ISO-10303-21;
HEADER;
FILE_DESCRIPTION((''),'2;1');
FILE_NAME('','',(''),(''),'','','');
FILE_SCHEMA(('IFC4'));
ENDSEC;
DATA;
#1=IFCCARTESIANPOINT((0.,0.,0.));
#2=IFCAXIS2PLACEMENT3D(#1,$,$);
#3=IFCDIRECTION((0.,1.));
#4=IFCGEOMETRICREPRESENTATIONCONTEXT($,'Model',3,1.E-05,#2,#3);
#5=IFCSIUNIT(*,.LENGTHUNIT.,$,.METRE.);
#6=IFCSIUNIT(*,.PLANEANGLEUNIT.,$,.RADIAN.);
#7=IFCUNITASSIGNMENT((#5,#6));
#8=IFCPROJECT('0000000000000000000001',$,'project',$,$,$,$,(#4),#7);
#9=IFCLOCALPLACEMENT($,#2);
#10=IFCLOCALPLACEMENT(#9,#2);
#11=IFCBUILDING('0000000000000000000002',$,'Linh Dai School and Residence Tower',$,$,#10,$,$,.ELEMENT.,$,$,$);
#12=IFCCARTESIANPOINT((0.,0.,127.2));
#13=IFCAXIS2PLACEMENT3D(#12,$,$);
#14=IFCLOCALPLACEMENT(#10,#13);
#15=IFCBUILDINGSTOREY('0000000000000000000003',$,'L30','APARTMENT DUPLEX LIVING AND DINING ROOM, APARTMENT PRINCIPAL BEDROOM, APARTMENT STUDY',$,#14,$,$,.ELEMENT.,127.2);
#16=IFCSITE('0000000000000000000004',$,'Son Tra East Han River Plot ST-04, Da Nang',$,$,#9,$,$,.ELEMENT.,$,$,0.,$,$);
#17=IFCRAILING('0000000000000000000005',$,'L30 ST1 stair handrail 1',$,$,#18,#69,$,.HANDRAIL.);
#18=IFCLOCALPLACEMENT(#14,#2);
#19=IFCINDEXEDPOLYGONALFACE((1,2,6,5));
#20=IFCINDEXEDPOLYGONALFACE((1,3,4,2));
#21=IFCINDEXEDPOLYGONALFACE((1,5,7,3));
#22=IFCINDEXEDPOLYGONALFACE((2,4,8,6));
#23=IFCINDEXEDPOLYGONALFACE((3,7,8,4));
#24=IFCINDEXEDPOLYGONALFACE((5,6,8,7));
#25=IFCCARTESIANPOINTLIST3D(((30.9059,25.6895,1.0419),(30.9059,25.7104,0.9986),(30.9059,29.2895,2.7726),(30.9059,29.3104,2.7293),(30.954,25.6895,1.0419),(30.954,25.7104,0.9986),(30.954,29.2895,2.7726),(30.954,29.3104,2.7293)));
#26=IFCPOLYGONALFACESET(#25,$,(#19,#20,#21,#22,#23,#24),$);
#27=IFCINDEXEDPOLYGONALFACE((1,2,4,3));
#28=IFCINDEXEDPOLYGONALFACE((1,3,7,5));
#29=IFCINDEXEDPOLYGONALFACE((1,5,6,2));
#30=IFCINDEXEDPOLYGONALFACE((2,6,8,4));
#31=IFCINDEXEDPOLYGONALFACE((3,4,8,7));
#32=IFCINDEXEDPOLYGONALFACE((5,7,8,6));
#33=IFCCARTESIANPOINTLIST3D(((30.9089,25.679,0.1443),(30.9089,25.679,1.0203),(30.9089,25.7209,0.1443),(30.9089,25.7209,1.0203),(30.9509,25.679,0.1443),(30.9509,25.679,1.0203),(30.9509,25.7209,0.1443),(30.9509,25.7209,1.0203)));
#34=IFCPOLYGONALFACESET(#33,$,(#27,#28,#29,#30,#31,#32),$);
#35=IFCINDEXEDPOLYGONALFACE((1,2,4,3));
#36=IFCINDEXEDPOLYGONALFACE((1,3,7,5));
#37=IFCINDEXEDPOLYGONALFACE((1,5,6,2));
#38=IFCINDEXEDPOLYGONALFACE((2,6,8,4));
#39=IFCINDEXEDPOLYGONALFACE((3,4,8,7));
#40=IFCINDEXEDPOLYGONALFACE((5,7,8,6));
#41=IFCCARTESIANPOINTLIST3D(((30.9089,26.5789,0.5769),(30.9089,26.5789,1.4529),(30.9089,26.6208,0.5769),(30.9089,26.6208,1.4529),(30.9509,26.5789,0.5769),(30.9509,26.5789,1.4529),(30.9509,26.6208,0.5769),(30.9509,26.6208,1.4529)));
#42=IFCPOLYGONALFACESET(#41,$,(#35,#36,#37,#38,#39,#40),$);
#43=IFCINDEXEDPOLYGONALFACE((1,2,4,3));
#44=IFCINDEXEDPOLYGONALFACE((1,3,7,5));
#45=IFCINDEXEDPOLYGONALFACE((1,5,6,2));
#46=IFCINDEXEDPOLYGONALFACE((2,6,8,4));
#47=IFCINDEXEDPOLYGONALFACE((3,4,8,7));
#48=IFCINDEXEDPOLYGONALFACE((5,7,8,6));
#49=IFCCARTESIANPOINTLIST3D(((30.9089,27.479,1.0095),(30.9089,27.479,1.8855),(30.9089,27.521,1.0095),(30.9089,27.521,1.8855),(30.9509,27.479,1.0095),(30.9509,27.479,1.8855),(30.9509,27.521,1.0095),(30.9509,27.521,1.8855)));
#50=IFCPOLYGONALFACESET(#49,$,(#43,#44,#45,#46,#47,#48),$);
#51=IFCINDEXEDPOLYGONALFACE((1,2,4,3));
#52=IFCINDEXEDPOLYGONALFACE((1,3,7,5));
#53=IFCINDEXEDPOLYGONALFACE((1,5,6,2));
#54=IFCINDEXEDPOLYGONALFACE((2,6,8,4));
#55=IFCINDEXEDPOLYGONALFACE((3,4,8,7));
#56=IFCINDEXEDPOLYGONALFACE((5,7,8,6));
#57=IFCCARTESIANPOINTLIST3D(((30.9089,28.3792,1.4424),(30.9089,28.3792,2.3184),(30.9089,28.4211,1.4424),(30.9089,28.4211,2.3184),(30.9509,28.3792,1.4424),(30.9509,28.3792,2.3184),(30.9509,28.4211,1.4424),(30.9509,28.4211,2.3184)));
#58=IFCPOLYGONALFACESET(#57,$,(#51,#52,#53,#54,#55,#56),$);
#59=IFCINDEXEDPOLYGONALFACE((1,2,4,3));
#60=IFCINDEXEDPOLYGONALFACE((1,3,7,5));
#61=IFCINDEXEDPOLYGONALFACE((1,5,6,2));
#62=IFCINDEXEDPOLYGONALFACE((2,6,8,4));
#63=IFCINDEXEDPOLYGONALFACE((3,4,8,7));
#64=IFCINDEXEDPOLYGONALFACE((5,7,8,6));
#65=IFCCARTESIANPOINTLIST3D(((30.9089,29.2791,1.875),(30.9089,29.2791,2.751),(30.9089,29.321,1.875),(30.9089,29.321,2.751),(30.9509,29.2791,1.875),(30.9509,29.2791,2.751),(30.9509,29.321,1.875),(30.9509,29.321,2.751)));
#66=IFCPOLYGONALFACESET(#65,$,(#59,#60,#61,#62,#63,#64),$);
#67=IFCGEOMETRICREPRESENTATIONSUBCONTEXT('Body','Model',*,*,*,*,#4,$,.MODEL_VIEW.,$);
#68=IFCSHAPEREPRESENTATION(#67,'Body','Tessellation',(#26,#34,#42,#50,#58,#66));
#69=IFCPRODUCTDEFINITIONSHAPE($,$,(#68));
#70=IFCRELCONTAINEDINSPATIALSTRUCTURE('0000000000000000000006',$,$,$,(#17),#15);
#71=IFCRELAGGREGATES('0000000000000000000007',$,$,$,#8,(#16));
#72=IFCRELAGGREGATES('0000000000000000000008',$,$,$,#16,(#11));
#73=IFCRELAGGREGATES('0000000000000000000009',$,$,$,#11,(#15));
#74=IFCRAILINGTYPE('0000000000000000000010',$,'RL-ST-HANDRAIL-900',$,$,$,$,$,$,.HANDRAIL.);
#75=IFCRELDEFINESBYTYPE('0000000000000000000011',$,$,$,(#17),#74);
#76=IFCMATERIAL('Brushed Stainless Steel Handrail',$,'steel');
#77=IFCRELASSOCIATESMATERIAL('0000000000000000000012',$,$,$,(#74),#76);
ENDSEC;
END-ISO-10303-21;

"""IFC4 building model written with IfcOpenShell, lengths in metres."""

from ifc_helpers import new_model, si_unit, direction, frame, origin, origin_2d, place, context, subcontext, project, spatial, rectangle, extrude, source, transform, mapped, material, type_object, element, save


model = new_model("IFC4")

# Units and contexts
model_context = context("Model", 3, precision=1e-05, world=origin(), true_north=direction((0.0, 1.0)))
body_context = subcontext(model_context, "Body", "Model", "MODEL_VIEW")
ifc_project = project(units=[si_unit("LENGTHUNIT", "METRE"), si_unit("PLANEANGLEUNIT", "RADIAN")], contexts=[model_context])

# Site, building, storey
site_placement = place(None, origin())
site = spatial("IfcSite", under=ifc_project, at=site_placement, Name="Son Tra East Han River Plot ST-04, Da Nang", CompositionType="ELEMENT", RefElevation=0.0)
building_placement = place(site_placement, origin())
building = spatial("IfcBuilding", under=site, at=building_placement, Name="Linh Dai School and Residence Tower", CompositionType="ELEMENT")
storey_placement = place(building_placement, frame((0.0, 0.0, 127.2)))
storey = spatial("IfcBuildingStorey", under=building, at=storey_placement, Name="L30", Description="APARTMENT DUPLEX LIVING AND DINING ROOM, APARTMENT PRINCIPAL BEDROOM, APARTMENT STUDY", CompositionType="ELEMENT", Elevation=127.2)

# Railing
ifc_material_1 = material(Name="Brushed Stainless Steel Handrail", Category="steel")
railing_type_1 = type_object("IfcRailingType", Name="RL-ST-HANDRAIL-900", PredefinedType="HANDRAIL", material=ifc_material_1)
shared_shape_1 = source(origin(), body_context, "Body", "SweptSolid", [
    extrude(rectangle(XDim=0.0481, YDim=0.0481, at=origin_2d()), frame((0.0, 0.0, 0.876), z_axis=(0.0, 0.901263, 0.433273), x_axis=(-1.0, 0.0, 0.0)), (0.0, 0.0, 1.0), 3.9944),
    extrude(rectangle(XDim=0.042, YDim=0.042, at=origin_2d()), origin(), (0.0, 0.0, 1.0), 0.876),
    extrude(rectangle(XDim=0.042, YDim=0.042, at=origin_2d()), frame((0.0, 0.8999, 0.4326)), (0.0, 0.0, 1.0), 0.876),
    extrude(rectangle(XDim=0.042, YDim=0.042, at=origin_2d()), frame((0.0, 1.8, 0.8652)), (0.0, 0.0, 1.0), 0.876),
    extrude(rectangle(XDim=0.042, YDim=0.042, at=origin_2d()), frame((0.0, 2.7002, 1.2981)), (0.0, 0.0, 1.0), 0.876),
    extrude(rectangle(XDim=0.042, YDim=0.042, at=origin_2d()), frame((0.0, 3.6001, 1.7307)), (0.0, 0.0, 1.0), 0.876),
])
railing_1_placement = place(storey_placement, frame((30.9299, 25.7, 0.1443)))
element("IfcRailing", 1, at=railing_1_placement, inside=storey, type_object=railing_type_1, Name="L30 ST1 stair handrail 1", PredefinedType="HANDRAIL", context=body_context, shape_type="MappedRepresentation", body=[
    mapped(shared_shape_1, transform((0.0, 0.0, 0.0), x_axis=(1.0, 0.0, 0.0), y_axis=(0.0, 1.0, 0.0), z_axis=(0.0, 0.0, 1.0), scale=1.0)),
])

save(model, "model.ifc")
